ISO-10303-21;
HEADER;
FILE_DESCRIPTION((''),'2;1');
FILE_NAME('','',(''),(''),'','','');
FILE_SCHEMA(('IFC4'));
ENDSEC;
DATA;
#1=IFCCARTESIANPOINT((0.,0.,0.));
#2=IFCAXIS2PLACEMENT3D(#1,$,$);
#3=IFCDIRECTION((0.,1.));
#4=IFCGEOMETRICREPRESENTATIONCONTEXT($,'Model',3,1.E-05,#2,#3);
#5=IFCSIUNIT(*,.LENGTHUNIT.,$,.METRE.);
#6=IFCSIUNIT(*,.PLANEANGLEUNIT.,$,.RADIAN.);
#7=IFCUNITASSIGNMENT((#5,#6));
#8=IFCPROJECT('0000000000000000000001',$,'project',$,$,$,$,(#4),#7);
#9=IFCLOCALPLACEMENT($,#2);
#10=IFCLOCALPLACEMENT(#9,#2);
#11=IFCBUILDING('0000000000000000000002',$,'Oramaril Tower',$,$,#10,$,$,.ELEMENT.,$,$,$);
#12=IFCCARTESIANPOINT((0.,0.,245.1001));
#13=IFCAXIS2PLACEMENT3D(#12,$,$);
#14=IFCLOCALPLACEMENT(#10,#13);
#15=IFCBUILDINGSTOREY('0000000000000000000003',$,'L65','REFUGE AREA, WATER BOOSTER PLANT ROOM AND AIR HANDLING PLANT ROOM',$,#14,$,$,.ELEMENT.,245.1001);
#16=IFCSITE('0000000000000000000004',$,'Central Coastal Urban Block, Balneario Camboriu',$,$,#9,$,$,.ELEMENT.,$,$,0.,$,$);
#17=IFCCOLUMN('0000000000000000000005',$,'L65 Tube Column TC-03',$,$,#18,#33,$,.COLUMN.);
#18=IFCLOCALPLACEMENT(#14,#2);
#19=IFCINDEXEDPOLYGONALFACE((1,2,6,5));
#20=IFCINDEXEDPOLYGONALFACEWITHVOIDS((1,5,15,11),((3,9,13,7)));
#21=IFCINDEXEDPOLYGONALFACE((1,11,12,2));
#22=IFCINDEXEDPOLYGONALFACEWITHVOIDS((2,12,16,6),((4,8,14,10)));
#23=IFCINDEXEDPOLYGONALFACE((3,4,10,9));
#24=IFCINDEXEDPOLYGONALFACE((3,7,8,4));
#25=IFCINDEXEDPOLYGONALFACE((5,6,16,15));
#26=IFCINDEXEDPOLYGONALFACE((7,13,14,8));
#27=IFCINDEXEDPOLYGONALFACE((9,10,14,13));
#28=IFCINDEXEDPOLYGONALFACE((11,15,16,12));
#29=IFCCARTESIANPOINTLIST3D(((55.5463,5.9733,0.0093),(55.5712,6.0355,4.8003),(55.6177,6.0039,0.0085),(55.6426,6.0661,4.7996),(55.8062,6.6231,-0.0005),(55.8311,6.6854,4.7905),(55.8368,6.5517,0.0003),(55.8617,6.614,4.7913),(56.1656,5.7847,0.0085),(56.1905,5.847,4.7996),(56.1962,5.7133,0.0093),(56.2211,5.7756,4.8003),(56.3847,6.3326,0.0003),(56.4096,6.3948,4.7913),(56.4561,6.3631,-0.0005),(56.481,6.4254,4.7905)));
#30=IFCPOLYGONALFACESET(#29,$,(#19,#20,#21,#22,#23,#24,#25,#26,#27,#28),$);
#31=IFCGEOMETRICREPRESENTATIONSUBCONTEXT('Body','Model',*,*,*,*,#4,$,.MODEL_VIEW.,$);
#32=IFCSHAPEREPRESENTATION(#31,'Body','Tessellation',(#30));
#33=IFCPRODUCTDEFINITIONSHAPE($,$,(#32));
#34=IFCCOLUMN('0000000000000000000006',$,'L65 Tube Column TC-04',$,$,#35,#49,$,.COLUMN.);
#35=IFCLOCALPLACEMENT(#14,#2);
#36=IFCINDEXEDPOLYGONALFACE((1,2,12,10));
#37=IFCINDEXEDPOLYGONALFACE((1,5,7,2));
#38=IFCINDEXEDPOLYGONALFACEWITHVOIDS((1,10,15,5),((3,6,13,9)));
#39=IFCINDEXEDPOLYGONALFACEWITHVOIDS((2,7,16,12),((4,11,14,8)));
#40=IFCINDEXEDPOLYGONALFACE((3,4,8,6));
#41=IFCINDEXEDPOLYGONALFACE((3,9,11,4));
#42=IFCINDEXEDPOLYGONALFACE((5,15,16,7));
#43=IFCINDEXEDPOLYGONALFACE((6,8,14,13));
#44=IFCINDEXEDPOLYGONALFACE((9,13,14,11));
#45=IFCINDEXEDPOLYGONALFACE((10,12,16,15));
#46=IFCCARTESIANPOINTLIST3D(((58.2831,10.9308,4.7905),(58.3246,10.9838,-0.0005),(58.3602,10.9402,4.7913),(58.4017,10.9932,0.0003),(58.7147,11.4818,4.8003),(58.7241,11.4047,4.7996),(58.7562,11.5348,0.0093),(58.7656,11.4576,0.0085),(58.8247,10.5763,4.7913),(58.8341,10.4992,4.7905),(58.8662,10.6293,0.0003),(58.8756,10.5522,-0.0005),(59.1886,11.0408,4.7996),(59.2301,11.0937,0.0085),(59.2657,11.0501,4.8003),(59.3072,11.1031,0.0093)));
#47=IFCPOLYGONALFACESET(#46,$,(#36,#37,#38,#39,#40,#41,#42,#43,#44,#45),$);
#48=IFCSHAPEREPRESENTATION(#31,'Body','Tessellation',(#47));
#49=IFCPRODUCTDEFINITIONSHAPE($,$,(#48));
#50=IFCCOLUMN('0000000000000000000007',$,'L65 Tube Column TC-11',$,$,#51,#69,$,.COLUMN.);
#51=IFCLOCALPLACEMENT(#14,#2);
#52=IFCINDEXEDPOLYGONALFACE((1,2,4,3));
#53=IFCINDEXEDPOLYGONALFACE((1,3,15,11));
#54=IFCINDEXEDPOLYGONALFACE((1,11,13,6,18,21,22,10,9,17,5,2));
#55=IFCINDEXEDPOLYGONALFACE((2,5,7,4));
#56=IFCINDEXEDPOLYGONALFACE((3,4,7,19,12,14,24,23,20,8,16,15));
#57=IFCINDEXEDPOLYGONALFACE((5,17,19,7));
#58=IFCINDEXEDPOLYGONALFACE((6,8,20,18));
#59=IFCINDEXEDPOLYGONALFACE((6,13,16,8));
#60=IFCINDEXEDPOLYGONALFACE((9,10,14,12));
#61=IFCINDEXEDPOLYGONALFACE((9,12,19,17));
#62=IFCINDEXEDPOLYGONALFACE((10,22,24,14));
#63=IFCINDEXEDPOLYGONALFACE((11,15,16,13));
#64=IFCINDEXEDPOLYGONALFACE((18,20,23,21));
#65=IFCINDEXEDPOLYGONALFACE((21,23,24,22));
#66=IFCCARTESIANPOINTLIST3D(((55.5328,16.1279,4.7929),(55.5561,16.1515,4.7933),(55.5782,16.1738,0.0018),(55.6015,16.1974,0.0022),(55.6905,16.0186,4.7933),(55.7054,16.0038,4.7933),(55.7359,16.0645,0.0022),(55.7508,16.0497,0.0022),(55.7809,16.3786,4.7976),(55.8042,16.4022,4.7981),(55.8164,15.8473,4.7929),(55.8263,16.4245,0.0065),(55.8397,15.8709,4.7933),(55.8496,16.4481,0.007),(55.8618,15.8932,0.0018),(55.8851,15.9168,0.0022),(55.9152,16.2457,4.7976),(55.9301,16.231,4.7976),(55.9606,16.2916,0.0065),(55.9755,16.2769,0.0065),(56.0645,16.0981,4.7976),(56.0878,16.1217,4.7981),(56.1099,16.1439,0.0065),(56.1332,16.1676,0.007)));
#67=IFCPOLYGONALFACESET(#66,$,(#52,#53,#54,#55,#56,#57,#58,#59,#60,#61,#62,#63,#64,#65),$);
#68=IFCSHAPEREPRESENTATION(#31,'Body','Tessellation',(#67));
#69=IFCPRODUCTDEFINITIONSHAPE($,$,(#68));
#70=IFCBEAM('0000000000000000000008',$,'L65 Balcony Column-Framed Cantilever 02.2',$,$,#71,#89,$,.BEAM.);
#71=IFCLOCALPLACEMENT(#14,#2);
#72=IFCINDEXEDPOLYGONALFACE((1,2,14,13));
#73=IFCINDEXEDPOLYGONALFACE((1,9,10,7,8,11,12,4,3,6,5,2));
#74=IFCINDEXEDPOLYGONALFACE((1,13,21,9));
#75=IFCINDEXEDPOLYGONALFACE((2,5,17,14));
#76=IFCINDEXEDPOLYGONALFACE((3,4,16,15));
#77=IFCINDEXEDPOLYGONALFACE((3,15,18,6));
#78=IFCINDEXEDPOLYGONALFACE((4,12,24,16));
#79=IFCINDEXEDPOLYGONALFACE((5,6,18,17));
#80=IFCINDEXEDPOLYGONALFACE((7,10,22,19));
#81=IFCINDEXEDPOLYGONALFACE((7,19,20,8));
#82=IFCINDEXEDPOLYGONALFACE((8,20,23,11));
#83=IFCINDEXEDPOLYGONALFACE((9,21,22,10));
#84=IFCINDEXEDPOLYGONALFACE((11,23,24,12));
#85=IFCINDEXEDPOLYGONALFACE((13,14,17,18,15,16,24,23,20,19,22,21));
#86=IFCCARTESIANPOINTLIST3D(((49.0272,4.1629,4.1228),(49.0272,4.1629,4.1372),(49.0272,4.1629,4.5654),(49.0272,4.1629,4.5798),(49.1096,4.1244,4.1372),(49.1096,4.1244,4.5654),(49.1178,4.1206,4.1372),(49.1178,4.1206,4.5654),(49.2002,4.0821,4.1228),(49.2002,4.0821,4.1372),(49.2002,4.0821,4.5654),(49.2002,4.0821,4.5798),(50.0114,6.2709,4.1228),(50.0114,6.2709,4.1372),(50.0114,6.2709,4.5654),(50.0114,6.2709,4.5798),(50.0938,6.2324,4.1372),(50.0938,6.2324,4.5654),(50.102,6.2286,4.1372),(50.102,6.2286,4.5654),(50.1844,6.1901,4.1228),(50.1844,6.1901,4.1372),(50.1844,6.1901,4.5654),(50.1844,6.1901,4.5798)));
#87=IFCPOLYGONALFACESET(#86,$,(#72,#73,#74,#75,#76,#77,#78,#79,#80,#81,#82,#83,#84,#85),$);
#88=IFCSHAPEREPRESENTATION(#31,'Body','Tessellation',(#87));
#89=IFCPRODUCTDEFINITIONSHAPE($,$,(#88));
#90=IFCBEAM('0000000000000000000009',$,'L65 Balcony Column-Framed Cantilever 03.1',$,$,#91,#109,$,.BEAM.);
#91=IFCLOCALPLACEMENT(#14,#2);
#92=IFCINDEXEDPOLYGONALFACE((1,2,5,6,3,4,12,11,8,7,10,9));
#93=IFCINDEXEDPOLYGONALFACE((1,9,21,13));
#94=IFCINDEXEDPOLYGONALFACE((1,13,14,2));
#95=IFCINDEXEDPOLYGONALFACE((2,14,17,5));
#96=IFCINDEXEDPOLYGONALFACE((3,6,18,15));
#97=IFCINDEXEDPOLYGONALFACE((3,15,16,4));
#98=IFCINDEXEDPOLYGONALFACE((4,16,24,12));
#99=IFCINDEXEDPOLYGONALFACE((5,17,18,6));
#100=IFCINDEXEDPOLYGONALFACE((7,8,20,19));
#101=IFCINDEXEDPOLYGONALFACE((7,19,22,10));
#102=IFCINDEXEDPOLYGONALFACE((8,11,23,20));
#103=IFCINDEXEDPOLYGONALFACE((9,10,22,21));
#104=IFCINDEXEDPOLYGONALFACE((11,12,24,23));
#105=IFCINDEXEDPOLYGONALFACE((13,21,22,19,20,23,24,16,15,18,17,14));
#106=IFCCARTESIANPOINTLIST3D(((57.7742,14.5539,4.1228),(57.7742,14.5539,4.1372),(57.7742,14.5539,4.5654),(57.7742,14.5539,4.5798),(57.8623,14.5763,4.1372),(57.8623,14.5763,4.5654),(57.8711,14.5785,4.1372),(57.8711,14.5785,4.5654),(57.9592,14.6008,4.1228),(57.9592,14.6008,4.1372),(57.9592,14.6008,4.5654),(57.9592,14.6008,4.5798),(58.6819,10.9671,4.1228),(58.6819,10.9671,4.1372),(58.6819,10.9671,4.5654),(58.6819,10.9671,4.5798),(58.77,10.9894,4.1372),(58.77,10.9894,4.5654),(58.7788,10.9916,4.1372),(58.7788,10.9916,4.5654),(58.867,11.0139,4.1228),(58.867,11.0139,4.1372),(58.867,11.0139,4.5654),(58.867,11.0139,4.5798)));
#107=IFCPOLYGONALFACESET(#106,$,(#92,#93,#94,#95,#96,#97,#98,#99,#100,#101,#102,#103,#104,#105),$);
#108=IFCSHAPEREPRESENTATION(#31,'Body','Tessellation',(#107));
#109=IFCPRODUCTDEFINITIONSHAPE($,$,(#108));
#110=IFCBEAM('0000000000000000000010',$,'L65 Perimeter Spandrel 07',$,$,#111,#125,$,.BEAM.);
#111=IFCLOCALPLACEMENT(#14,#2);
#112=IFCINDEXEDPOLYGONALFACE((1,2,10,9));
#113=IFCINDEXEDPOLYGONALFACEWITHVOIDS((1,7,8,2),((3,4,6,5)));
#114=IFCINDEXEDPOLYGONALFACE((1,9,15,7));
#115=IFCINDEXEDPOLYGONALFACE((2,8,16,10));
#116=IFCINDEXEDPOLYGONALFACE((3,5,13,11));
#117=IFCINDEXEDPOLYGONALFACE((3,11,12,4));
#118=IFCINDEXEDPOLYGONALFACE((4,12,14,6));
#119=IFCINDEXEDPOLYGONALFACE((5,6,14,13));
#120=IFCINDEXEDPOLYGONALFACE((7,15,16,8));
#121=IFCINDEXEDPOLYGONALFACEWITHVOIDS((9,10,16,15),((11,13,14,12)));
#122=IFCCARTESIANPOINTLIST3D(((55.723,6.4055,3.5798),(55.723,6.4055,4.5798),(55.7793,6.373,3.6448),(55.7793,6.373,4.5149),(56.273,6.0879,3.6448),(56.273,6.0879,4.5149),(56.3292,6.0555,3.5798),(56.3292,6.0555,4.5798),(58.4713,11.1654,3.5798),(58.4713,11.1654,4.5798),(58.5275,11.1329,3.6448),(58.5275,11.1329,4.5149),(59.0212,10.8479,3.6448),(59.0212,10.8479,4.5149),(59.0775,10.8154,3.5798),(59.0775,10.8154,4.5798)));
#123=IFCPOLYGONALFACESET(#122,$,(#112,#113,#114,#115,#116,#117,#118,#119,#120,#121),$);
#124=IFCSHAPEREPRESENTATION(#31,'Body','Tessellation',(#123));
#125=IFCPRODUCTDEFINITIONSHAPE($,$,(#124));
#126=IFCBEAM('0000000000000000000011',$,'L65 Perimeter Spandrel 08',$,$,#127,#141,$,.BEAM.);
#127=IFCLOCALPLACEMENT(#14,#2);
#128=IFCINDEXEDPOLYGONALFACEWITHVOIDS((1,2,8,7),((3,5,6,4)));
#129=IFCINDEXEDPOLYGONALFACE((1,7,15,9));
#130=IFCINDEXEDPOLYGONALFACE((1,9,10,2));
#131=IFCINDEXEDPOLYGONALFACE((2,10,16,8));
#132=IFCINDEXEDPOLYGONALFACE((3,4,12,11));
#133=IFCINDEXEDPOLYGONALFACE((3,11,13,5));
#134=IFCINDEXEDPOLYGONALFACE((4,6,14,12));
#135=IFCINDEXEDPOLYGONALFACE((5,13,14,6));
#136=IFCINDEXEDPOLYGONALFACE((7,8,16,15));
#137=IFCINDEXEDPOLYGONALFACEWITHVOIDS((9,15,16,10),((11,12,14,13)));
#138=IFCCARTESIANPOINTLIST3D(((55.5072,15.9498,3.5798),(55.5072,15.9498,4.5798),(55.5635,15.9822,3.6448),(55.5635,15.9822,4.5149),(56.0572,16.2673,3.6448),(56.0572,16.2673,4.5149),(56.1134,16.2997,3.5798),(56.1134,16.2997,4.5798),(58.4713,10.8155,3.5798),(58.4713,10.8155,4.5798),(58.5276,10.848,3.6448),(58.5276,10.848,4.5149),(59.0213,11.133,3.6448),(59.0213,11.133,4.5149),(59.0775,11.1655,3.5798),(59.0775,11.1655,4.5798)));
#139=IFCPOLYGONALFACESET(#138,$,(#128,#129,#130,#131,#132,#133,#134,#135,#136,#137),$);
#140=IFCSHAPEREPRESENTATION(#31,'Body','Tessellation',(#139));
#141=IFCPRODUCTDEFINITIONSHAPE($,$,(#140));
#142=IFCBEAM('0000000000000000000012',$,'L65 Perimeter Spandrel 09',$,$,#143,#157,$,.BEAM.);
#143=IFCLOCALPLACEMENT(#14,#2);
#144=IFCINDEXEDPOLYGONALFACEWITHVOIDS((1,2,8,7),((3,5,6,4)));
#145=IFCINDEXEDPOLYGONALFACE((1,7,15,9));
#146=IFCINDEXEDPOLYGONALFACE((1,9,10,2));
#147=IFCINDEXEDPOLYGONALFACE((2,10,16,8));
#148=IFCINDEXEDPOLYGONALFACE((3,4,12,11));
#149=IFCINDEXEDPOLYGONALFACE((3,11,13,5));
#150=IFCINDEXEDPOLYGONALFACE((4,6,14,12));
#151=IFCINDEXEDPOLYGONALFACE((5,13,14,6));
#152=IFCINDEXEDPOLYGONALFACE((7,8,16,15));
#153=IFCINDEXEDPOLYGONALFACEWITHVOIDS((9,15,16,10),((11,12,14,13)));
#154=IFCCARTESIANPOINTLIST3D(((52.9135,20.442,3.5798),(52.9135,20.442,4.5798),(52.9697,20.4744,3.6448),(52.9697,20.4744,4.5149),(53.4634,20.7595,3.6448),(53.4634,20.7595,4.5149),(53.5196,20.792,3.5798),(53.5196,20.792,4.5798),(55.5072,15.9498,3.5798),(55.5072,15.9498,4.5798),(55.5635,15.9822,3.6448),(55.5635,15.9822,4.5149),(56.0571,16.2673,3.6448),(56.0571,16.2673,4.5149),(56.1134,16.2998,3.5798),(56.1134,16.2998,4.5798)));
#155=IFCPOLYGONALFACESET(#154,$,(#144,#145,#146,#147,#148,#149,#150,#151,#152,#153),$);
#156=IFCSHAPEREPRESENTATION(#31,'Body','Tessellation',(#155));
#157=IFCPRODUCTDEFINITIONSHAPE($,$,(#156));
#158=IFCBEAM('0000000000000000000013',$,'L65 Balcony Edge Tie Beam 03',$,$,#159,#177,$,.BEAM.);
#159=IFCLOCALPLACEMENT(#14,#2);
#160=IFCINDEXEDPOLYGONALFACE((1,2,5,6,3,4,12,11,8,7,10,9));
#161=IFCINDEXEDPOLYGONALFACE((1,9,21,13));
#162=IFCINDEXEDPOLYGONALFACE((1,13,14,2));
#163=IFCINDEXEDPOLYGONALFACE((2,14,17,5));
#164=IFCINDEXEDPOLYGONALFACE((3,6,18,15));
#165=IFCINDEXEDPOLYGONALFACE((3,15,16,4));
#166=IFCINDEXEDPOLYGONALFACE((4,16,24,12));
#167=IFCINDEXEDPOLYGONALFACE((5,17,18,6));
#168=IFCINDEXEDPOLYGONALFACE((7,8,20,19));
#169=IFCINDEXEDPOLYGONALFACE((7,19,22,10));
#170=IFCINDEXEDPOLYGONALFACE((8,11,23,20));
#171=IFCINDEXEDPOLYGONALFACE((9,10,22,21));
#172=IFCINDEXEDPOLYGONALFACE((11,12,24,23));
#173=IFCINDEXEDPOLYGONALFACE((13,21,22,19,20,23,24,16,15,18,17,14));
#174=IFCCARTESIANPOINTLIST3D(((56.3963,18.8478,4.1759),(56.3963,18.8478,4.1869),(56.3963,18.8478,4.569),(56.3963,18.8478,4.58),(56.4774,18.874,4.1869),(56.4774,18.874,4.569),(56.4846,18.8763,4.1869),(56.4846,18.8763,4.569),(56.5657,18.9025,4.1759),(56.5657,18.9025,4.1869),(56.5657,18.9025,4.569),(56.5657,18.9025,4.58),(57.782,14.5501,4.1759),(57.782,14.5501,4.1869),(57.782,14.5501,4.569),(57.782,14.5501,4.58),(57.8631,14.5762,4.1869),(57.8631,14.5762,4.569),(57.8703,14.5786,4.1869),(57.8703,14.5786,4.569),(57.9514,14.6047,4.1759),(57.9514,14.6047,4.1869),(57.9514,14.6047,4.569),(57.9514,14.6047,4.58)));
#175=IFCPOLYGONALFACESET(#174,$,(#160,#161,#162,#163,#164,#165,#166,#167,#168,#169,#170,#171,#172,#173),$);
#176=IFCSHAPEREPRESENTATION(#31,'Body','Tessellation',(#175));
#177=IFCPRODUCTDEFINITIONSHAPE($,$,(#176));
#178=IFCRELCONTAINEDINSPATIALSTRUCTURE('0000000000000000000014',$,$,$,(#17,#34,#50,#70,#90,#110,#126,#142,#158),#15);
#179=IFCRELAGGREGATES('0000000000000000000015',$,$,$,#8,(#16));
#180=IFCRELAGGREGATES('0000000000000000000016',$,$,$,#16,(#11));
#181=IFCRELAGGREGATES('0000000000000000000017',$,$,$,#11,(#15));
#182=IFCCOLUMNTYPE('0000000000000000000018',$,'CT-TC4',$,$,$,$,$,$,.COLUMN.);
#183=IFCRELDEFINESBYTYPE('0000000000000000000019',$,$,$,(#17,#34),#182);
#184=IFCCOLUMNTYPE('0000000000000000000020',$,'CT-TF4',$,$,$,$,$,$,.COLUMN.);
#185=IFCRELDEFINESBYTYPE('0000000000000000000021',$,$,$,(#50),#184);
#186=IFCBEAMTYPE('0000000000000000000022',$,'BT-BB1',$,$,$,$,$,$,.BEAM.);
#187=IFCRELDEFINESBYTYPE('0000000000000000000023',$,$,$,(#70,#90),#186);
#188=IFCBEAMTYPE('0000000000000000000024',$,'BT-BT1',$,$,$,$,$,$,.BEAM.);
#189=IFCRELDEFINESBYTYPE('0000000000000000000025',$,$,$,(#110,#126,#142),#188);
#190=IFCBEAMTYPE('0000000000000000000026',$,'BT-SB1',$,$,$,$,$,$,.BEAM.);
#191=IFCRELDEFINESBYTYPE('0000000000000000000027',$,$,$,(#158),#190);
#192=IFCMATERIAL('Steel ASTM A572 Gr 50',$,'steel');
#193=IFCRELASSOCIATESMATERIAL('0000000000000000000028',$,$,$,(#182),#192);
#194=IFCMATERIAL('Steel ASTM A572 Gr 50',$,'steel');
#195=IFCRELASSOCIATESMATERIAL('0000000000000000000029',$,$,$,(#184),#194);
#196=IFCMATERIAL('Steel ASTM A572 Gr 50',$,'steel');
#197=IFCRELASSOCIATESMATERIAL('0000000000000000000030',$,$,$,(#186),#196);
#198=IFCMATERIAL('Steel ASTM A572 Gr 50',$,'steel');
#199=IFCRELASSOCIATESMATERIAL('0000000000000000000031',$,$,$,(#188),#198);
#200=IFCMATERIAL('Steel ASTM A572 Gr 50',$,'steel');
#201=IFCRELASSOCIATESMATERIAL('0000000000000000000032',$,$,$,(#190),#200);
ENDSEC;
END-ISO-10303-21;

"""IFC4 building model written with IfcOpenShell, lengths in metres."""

from ifc_helpers import new_model, si_unit, direction, frame, origin, origin_2d, place, context, subcontext, project, spatial, hollow_rectangle, i_section, extrude, material, material_profile, profile_set, type_object, element, save


model = new_model("IFC4")

# Units and contexts
model_context = context("Model", 3, precision=1e-05, world=origin(), true_north=direction((0.0, 1.0)))
body_context = subcontext(model_context, "Body", "Model", "MODEL_VIEW")
ifc_project = project(units=[si_unit("LENGTHUNIT", "METRE"), si_unit("PLANEANGLEUNIT", "RADIAN")], contexts=[model_context])

# Site, building, storey
site_placement = place(None, origin())
site = spatial("IfcSite", under=ifc_project, at=site_placement, Name="Central Coastal Urban Block, Balneario Camboriu", CompositionType="ELEMENT", RefElevation=0.0)
building_placement = place(site_placement, origin())
building = spatial("IfcBuilding", under=site, at=building_placement, Name="Oramaril Tower", CompositionType="ELEMENT")
storey_placement = place(building_placement, frame((0.0, 0.0, 245.1001)))
storey = spatial("IfcBuildingStorey", under=building, at=storey_placement, Name="L65", Description="REFUGE AREA, WATER BOOSTER PLANT ROOM AND AIR HANDLING PLANT ROOM", CompositionType="ELEMENT", Elevation=245.1001)

# Columns
ifc_material_1 = material(Name="Steel ASTM A572 Gr 50", Category="steel")
ifc_material_profile_1 = material_profile(ifc_material_1, hollow_rectangle(XDim=0.7, YDim=0.7, WallThickness=0.0549, at=origin_2d()), Name="BOX700X700X55")
ifc_profile_set_1 = profile_set([ifc_material_profile_1], Name="Steel ASTM A572 Gr 50")
column_type_1 = type_object("IfcColumnType", Name="CT-TC4", PredefinedType="COLUMN", material=ifc_profile_set_1)
for number, where, z_axis, x_axis, name in (
    (1, (56.0012, 6.1682, 0.0044), (0.005197, 0.012993, 0.999902), (-0.928477, 0.371391, 0.0), "L65 Tube Column TC-03"),
    (2, (58.8159, 11.0435, 0.0044), (-0.008662, -0.011057, 0.999901), (0.787199, -0.616699, 0.0), "L65 Tube Column TC-04"),
):
    element("IfcColumn", number, at=place(storey_placement, frame(where, z_axis=z_axis, x_axis=x_axis)), inside=storey, type_object=column_type_1, Name=name, PredefinedType="COLUMN", context=body_context, shape_type="SweptSolid", body=[
        extrude(hollow_rectangle(XDim=0.7, YDim=0.7, WallThickness=0.0549, at=origin_2d()), origin(), (0.0, 0.0, 1.0), 4.7915),
    ])
ifc_material_2 = material(Name="Steel ASTM A572 Gr 50", Category="steel")
ifc_material_profile_2 = material_profile(ifc_material_2, i_section(OverallWidth=0.3989, OverallDepth=0.386, WebThickness=0.021, FlangeThickness=0.0332, at=origin_2d()), Name="W14X176")
ifc_profile_set_2 = profile_set([ifc_material_profile_2], Name="Steel ASTM A572 Gr 50")
column_type_2 = type_object("IfcColumnType", Name="CT-TF4", PredefinedType="COLUMN", material=ifc_profile_set_2)
column_placement = place(storey_placement, frame((55.8557, 16.1707, 0.0044), z_axis=(-0.009477, -0.009579, 0.999909), x_axis=(0.710878, -0.703315, 0.0)))
element("IfcColumn", 3, at=column_placement, inside=storey, type_object=column_type_2, Name="L65 Tube Column TC-11", PredefinedType="COLUMN", context=body_context, shape_type="SweptSolid", body=[
    extrude(i_section(OverallWidth=0.3989, OverallDepth=0.386, WebThickness=0.021, FlangeThickness=0.0332, at=origin_2d()), origin(), (0.0, 0.0, 1.0), 4.7915),
])

# Beams
ifc_material_3 = material(Name="Steel ASTM A572 Gr 50", Category="steel")
ifc_material_profile_3 = material_profile(ifc_material_3, i_section(OverallWidth=0.1909, OverallDepth=0.457, WebThickness=0.009, FlangeThickness=0.0144, at=origin_2d()), Name="W18X50")
ifc_profile_set_3 = profile_set([ifc_material_profile_3], Name="Steel ASTM A572 Gr 50")
beam_type_1 = type_object("IfcBeamType", Name="BT-BB1", PredefinedType="BEAM", material=ifc_profile_set_3)
beam_1_placement = place(storey_placement, frame((50.0979, 6.2305, 4.3513), z_axis=(-0.423041, -0.906111, 0.0), x_axis=(0.906111, -0.423041, 0.0)))
element("IfcBeam", 4, at=beam_1_placement, inside=storey, type_object=beam_type_1, Name="L65 Balcony Column-Framed Cantilever 02.2", PredefinedType="BEAM", context=body_context, shape_type="SweptSolid", body=[
    extrude(i_section(OverallWidth=0.1909, OverallDepth=0.457, WebThickness=0.009, FlangeThickness=0.0144, at=origin_2d()), origin(), (0.0, 0.0, 1.0), 2.3264),
])
beam_2_placement = place(storey_placement, frame((58.7744, 10.9905, 4.3513), z_axis=(-0.245329, 0.96944, 0.0), x_axis=(-0.96944, -0.245329, 0.0)))
element("IfcBeam", 5, at=beam_2_placement, inside=storey, type_object=beam_type_1, Name="L65 Balcony Column-Framed Cantilever 03.1", PredefinedType="BEAM", context=body_context, shape_type="SweptSolid", body=[
    extrude(i_section(OverallWidth=0.1909, OverallDepth=0.457, WebThickness=0.009, FlangeThickness=0.0144, at=origin_2d()), origin(), (0.0, 0.0, 1.0), 3.7),
])
ifc_material_4 = material(Name="Steel ASTM A572 Gr 50", Category="steel")
ifc_material_profile_4 = material_profile(ifc_material_4, hollow_rectangle(XDim=0.7, YDim=1.0, WallThickness=0.0649, at=origin_2d()), Name="BOX1000X700X65")
ifc_profile_set_4 = profile_set([ifc_material_profile_4], Name="Steel ASTM A572 Gr 50")
beam_type_2 = type_object("IfcBeamType", Name="BT-BT1", PredefinedType="BEAM", material=ifc_profile_set_4)
beam_3_placement = place(storey_placement, frame((56.0261, 6.2305, 4.0798), z_axis=(0.500013, 0.866018, 0.0), x_axis=(-0.866018, 0.500013, 0.0)))
element("IfcBeam", 6, at=beam_3_placement, inside=storey, type_object=beam_type_2, Name="L65 Perimeter Spandrel 07", PredefinedType="BEAM", context=body_context, shape_type="SweptSolid", body=[
    extrude(hollow_rectangle(XDim=0.7, YDim=1.0, WallThickness=0.0649, at=origin_2d()), origin(), (0.0, 0.0, 1.0), 5.4963),
])
beam_4_placement = place(storey_placement, frame((58.7744, 10.9905, 4.0798), z_axis=(-0.499979, 0.866037, 0.0), x_axis=(-0.866037, -0.499979, 0.0)))
element("IfcBeam", 7, at=beam_4_placement, inside=storey, type_object=beam_type_2, Name="L65 Perimeter Spandrel 08", PredefinedType="BEAM", context=body_context, shape_type="SweptSolid", body=[
    extrude(hollow_rectangle(XDim=0.7, YDim=1.0, WallThickness=0.0649, at=origin_2d()), origin(), (0.0, 0.0, 1.0), 5.9285),
])
beam_5_placement = place(storey_placement, frame((55.8103, 16.1248, 4.0798), z_axis=(-0.500027, 0.86601, 0.0), x_axis=(-0.86601, -0.500027, 0.0)))
element("IfcBeam", 8, at=beam_5_placement, inside=storey, type_object=beam_type_2, Name="L65 Perimeter Spandrel 09", PredefinedType="BEAM", context=body_context, shape_type="SweptSolid", body=[
    extrude(hollow_rectangle(XDim=0.7, YDim=1.0, WallThickness=0.0649, at=origin_2d()), origin(), (0.0, 0.0, 1.0), 5.1873),
])
ifc_material_5 = material(Name="Steel ASTM A572 Gr 50", Category="steel")
ifc_material_profile_5 = material_profile(ifc_material_5, i_section(OverallWidth=0.178, OverallDepth=0.4041, WebThickness=0.0076, FlangeThickness=0.011, at=origin_2d()), Name="W16X36")
ifc_profile_set_5 = profile_set([ifc_material_profile_5], Name="Steel ASTM A572 Gr 50")
beam_type_3 = type_object("IfcBeamType", Name="BT-SB1", PredefinedType="BEAM", material=ifc_profile_set_5)
beam_6_placement = place(storey_placement, frame((57.8667, 14.5774, 4.3779), z_axis=(-0.30687, 0.951751, 0.0), x_axis=(-0.951751, -0.30687, 0.0)))
element("IfcBeam", 9, at=beam_6_placement, inside=storey, type_object=beam_type_3, Name="L65 Balcony Edge Tie Beam 03", PredefinedType="BEAM", context=body_context, shape_type="SweptSolid", body=[
    extrude(i_section(OverallWidth=0.178, OverallDepth=0.4041, WebThickness=0.0076, FlangeThickness=0.011, at=origin_2d()), origin(), (0.0, 0.0, 1.0), 4.5156),
])

save(model, "model.ifc")
